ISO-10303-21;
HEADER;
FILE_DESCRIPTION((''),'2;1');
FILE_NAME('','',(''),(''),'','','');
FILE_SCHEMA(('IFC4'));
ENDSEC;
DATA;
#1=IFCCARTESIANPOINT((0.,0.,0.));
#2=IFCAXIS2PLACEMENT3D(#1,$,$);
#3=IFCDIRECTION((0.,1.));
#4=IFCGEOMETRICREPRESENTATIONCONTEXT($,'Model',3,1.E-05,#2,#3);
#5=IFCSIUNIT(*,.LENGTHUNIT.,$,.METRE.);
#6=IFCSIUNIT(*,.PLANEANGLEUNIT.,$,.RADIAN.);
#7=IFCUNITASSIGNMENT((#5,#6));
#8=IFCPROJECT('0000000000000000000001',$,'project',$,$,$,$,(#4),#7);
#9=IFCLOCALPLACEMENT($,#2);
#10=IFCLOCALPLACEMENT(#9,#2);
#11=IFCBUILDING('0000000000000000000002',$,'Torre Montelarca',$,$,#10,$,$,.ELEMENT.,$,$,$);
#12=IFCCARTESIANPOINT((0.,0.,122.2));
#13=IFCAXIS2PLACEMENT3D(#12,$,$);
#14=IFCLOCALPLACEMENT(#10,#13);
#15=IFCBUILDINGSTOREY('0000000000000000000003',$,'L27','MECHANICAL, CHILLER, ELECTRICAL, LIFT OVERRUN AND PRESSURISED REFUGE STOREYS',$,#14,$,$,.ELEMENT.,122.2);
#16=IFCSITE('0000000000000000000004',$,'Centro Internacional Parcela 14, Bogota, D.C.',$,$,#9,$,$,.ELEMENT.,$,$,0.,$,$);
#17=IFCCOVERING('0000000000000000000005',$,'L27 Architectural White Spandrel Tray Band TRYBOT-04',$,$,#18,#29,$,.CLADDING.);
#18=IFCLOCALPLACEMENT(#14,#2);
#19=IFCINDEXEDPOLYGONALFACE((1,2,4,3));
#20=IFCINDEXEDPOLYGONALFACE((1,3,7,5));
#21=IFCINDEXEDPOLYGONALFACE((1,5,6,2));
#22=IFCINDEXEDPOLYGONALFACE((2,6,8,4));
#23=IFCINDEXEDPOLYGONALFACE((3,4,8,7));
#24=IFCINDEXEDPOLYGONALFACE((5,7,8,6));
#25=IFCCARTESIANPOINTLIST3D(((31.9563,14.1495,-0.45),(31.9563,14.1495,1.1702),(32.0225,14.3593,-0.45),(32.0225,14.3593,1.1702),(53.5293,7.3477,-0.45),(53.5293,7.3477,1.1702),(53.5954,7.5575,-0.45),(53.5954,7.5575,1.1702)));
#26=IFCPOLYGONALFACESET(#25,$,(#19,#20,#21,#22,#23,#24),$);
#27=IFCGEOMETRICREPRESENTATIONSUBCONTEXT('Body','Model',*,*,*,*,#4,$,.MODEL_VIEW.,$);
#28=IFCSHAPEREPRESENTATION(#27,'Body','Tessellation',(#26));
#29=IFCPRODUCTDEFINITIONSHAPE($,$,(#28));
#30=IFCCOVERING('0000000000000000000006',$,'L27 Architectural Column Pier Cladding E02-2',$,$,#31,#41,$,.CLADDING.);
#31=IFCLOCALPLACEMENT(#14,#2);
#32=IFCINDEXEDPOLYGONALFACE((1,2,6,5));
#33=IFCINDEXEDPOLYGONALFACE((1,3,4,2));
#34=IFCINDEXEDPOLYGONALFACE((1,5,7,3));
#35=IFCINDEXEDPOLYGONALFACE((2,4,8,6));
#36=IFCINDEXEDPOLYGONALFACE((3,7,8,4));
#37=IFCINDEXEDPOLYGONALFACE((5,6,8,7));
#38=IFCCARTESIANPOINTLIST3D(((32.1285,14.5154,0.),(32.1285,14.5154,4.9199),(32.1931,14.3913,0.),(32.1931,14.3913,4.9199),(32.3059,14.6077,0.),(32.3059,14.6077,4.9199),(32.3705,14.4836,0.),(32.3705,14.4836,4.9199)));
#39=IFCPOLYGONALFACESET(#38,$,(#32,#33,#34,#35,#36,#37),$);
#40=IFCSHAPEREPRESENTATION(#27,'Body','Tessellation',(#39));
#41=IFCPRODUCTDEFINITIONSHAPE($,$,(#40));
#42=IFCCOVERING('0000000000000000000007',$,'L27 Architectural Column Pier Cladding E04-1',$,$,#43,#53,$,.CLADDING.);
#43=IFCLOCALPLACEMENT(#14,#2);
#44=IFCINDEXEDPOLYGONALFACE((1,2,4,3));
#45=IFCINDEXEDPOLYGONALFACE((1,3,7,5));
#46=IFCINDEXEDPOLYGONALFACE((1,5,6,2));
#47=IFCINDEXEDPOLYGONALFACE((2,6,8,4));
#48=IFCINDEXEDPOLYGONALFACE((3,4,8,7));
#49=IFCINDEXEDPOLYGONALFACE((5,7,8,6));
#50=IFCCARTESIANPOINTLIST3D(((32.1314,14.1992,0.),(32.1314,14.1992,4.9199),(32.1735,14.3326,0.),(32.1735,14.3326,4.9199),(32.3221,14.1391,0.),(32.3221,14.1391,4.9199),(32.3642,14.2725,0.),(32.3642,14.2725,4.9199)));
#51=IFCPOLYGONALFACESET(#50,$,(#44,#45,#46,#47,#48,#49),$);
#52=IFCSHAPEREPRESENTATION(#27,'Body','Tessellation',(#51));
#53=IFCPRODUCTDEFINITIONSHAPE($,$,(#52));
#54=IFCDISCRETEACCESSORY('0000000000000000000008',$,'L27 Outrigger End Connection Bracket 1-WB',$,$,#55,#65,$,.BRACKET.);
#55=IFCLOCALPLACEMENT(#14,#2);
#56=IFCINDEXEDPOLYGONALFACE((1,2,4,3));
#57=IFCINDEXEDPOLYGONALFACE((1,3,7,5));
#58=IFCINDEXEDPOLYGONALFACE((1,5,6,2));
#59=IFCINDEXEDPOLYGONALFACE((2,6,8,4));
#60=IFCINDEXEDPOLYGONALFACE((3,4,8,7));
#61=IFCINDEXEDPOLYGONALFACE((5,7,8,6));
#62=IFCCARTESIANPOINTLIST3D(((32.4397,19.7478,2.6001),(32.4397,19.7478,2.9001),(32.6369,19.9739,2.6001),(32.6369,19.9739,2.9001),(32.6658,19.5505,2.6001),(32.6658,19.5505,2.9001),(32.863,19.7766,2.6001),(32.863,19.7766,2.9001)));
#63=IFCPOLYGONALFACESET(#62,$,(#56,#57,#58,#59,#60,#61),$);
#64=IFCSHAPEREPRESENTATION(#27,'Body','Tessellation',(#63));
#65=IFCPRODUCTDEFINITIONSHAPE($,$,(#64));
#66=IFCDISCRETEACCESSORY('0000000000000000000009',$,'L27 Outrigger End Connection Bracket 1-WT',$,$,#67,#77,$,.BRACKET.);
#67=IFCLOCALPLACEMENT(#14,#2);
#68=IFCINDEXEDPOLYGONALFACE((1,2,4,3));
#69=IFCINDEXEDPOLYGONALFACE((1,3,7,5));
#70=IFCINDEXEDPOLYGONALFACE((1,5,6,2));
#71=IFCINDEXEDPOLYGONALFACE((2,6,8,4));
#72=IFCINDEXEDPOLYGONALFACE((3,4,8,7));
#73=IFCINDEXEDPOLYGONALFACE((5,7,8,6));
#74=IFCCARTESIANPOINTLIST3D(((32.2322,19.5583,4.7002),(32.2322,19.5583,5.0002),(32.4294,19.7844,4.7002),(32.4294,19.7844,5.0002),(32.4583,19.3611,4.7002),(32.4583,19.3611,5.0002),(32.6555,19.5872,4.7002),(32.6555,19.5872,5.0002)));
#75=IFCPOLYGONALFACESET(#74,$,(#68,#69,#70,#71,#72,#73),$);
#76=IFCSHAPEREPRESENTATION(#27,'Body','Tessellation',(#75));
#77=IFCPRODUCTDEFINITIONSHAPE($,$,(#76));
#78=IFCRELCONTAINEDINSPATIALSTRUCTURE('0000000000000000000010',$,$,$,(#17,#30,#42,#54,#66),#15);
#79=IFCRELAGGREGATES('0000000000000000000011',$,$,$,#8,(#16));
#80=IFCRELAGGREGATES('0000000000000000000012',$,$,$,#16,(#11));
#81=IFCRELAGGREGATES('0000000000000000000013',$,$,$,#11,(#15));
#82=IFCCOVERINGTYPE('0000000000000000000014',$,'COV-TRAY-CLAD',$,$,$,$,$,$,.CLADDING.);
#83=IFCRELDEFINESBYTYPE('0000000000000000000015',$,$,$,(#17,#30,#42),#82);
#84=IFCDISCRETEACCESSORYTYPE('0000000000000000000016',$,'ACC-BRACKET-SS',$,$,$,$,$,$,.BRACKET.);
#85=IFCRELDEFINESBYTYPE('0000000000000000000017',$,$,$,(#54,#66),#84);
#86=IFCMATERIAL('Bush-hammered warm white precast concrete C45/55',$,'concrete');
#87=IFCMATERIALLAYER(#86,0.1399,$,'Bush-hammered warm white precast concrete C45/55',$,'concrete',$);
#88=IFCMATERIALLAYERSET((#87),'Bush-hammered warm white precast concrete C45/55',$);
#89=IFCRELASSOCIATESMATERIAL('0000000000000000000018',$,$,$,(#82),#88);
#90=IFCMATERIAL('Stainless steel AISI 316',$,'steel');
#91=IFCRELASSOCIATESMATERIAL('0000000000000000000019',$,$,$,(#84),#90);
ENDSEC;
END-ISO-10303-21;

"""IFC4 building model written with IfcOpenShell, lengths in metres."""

from ifc_helpers import new_model, si_unit, direction, frame, origin, origin_2d, place, context, subcontext, project, spatial, rectangle, extrude, source, transform, mapped, material, layer, layer_set, type_object, element, save


model = new_model("IFC4")

# Units and contexts
model_context = context("Model", 3, precision=1e-05, world=origin(), true_north=direction((0.0, 1.0)))
body_context = subcontext(model_context, "Body", "Model", "MODEL_VIEW")
ifc_project = project(units=[si_unit("LENGTHUNIT", "METRE"), si_unit("PLANEANGLEUNIT", "RADIAN")], contexts=[model_context])

# Site, building, storey
site_placement = place(None, origin())
site = spatial("IfcSite", under=ifc_project, at=site_placement, Name="Centro Internacional Parcela 14, Bogota, D.C.", CompositionType="ELEMENT", RefElevation=0.0)
building_placement = place(site_placement, origin())
building = spatial("IfcBuilding", under=site, at=building_placement, Name="Torre Montelarca", CompositionType="ELEMENT")
storey_placement = place(building_placement, frame((0.0, 0.0, 122.2)))
storey = spatial("IfcBuildingStorey", under=building, at=storey_placement, Name="L27", Description="MECHANICAL, CHILLER, ELECTRICAL, LIFT OVERRUN AND PRESSURISED REFUGE STOREYS", CompositionType="ELEMENT", Elevation=122.2)

# Coverings
ifc_material_1 = material(Name="Bush-hammered warm white precast concrete C45/55", Category="concrete")
ifc_layer_1 = layer(ifc_material_1, 0.1399, Name="Bush-hammered warm white precast concrete C45/55", Category="concrete")
ifc_layer_set_1 = layer_set([ifc_layer_1], Name="Bush-hammered warm white precast concrete C45/55")
covering_type = type_object("IfcCoveringType", Name="COV-TRAY-CLAD", PredefinedType="CLADDING", material=ifc_layer_set_1)
shared_shape_1 = source(origin(), body_context, "Body", "SweptSolid", [
    extrude(rectangle(XDim=22.6199, YDim=0.22, at=origin_2d()), origin(), (0.0, 0.0, 1.0), 1.6201),
])
covering_placement = place(storey_placement, frame((42.7759, 10.8535, -0.45), z_axis=(0.0, 0.0, 1.0), x_axis=(0.953718, -0.300702, 0.0)))
element("IfcCovering", 1, at=covering_placement, inside=storey, type_object=covering_type, Name="L27 Architectural White Spandrel Tray Band TRYBOT-04", PredefinedType="CLADDING", context=body_context, shape_type="MappedRepresentation", body=[
    mapped(shared_shape_1, transform((0.0, 0.0, 0.0), scale=1.0)),
])
shared_shape_2 = source(origin(), body_context, "Body", "SweptSolid", [
    extrude(rectangle(XDim=0.2, YDim=0.1399, at=origin_2d()), origin(), (0.0, 0.0, 1.0), 4.9199),
])
for number, where, z_axis, x_axis, name in (
    (2, (32.2495, 14.4995, 0.0), (0.0, 0.0, 1.0), (0.887012, 0.461747, 0.0), "L27 Architectural Column Pier Cladding E02-2"),
    (3, (32.2478, 14.2358, 0.0), (0.0, 0.0, 1.0), (0.953718, -0.300702, 0.0), "L27 Architectural Column Pier Cladding E04-1"),
):
    element("IfcCovering", number, at=place(storey_placement, frame(where, z_axis=z_axis, x_axis=x_axis)), inside=storey, type_object=covering_type, Name=name, PredefinedType="CLADDING", context=body_context, shape_type="MappedRepresentation", body=[
        mapped(shared_shape_2, transform((0.0, 0.0, 0.0), scale=1.0)),
    ])

# Discrete accessories
ifc_material_2 = material(Name="Stainless steel AISI 316", Category="steel")
discrete_accessory_type = type_object("IfcDiscreteAccessoryType", Name="ACC-BRACKET-SS", PredefinedType="BRACKET", material=ifc_material_2)
shared_shape_3 = source(origin(), body_context, "Body", "SweptSolid", [
    extrude(rectangle(XDim=0.3, YDim=0.3, at=origin_2d()), origin(), (0.0, 0.0, 1.0), 0.3),
])
for number, where, z_axis, x_axis, name in (
    (4, (32.6514, 19.7622, 2.6001), (0.0, 0.0, 1.0), (-0.753563, 0.657375, 0.0), "L27 Outrigger End Connection Bracket 1-WB"),
    (5, (32.4438, 19.5728, 4.7002), (0.0, 0.0, 1.0), (-0.753563, 0.657375, 0.0), "L27 Outrigger End Connection Bracket 1-WT"),
):
    element("IfcDiscreteAccessory", number, at=place(storey_placement, frame(where, z_axis=z_axis, x_axis=x_axis)), inside=storey, type_object=discrete_accessory_type, Name=name, PredefinedType="BRACKET", context=body_context, shape_type="MappedRepresentation", body=[
        mapped(shared_shape_3, transform((0.0, 0.0, 0.0), scale=1.0)),
    ])

save(model, "model.ifc")
